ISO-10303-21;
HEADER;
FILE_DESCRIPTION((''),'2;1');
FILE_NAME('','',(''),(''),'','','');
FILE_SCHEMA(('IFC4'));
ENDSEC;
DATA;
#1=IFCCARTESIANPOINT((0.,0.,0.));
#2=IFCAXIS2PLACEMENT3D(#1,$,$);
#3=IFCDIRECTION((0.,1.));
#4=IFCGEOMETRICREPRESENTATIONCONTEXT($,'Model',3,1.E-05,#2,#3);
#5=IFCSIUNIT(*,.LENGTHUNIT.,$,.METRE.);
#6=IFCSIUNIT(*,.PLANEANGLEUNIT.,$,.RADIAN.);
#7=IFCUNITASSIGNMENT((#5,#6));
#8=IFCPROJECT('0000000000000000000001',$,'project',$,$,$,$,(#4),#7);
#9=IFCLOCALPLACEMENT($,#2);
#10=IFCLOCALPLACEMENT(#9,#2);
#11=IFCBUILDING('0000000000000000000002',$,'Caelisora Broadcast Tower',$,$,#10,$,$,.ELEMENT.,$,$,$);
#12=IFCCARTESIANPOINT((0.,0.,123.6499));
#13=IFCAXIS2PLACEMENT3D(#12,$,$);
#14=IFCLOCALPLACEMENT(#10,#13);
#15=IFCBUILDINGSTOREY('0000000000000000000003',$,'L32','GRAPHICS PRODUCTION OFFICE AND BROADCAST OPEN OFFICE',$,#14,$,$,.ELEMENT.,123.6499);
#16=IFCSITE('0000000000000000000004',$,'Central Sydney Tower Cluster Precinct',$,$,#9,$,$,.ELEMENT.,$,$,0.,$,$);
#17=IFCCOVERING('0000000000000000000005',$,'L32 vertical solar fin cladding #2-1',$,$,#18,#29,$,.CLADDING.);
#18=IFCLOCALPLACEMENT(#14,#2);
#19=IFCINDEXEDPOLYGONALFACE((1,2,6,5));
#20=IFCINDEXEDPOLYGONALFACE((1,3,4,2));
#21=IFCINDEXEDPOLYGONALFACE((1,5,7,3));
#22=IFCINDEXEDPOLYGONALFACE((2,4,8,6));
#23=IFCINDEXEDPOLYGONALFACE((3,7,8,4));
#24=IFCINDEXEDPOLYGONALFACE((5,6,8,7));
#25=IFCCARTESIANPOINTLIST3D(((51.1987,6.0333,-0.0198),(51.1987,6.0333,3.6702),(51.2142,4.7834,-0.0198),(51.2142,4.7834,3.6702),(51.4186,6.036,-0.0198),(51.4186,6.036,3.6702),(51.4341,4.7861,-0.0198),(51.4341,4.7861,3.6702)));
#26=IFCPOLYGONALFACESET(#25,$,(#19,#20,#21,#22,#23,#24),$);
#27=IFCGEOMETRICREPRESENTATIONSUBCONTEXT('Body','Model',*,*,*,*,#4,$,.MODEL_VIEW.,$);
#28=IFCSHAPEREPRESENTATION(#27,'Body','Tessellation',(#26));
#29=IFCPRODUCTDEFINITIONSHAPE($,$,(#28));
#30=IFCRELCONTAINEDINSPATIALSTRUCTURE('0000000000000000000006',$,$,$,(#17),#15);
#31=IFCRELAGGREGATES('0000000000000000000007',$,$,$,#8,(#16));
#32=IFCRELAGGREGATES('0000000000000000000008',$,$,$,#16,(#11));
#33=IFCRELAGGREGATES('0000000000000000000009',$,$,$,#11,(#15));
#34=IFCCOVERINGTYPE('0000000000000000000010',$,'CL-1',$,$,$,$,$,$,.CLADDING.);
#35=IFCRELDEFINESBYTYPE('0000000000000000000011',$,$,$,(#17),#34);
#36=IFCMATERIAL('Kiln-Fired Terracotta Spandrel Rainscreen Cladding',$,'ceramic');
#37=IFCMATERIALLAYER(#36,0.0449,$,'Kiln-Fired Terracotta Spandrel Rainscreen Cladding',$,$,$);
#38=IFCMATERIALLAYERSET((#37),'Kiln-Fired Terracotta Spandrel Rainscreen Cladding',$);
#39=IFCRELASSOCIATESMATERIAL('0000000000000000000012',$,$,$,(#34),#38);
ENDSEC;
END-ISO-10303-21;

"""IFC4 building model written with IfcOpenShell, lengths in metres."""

from ifc_helpers import new_model, si_unit, direction, frame, origin, origin_2d, place, context, subcontext, project, spatial, rectangle, extrude, source, transform, mapped, material, layer, layer_set, type_object, type_shapes, element, save


model = new_model("IFC4")

# Units and contexts
model_context = context("Model", 3, precision=1e-05, world=origin(), true_north=direction((0.0, 1.0)))
body_context = subcontext(model_context, "Body", "Model", "MODEL_VIEW")
ifc_project = project(units=[si_unit("LENGTHUNIT", "METRE"), si_unit("PLANEANGLEUNIT", "RADIAN")], contexts=[model_context])

# Site, building, storey
site_placement = place(None, origin())
site = spatial("IfcSite", under=ifc_project, at=site_placement, Name="Central Sydney Tower Cluster Precinct", CompositionType="ELEMENT", RefElevation=0.0)
building_placement = place(site_placement, origin())
building = spatial("IfcBuilding", under=site, at=building_placement, Name="Caelisora Broadcast Tower", CompositionType="ELEMENT")
storey_placement = place(building_placement, frame((0.0, 0.0, 123.6499)))
storey = spatial("IfcBuildingStorey", under=building, at=storey_placement, Name="L32", Description="GRAPHICS PRODUCTION OFFICE AND BROADCAST OPEN OFFICE", CompositionType="ELEMENT", Elevation=123.6499)

# Covering
ifc_material_1 = material(Name="Kiln-Fired Terracotta Spandrel Rainscreen Cladding", Category="ceramic")
ifc_layer_1 = layer(ifc_material_1, 0.0449, Name="Kiln-Fired Terracotta Spandrel Rainscreen Cladding")
ifc_layer_set_1 = layer_set([ifc_layer_1], Name="Kiln-Fired Terracotta Spandrel Rainscreen Cladding")
covering_type = type_object("IfcCoveringType", Name="CL-1", PredefinedType="CLADDING", material=ifc_layer_set_1)
shared_shape_1 = source(origin(), body_context, "Body", "SweptSolid", [
    extrude(rectangle(XDim=0.22, YDim=1.25, at=origin_2d()), origin(), (0.0, 0.0, 1.0), 3.6899),
])
type_shapes(covering_type, [shared_shape_1])
covering_placement = place(storey_placement, frame((51.3164, 5.4097, -0.0198), z_axis=(0.0, 0.0, 1.0), x_axis=(-0.999923, -0.012392, 0.0)))
element("IfcCovering", 1, at=covering_placement, inside=storey, type_object=covering_type, Name="L32 vertical solar fin cladding #2-1", PredefinedType="CLADDING", context=body_context, shape_type="MappedRepresentation", body=[
    mapped(shared_shape_1, transform((0.0, 0.0, 0.0), scale=1.0)),
])

save(model, "model.ifc")
